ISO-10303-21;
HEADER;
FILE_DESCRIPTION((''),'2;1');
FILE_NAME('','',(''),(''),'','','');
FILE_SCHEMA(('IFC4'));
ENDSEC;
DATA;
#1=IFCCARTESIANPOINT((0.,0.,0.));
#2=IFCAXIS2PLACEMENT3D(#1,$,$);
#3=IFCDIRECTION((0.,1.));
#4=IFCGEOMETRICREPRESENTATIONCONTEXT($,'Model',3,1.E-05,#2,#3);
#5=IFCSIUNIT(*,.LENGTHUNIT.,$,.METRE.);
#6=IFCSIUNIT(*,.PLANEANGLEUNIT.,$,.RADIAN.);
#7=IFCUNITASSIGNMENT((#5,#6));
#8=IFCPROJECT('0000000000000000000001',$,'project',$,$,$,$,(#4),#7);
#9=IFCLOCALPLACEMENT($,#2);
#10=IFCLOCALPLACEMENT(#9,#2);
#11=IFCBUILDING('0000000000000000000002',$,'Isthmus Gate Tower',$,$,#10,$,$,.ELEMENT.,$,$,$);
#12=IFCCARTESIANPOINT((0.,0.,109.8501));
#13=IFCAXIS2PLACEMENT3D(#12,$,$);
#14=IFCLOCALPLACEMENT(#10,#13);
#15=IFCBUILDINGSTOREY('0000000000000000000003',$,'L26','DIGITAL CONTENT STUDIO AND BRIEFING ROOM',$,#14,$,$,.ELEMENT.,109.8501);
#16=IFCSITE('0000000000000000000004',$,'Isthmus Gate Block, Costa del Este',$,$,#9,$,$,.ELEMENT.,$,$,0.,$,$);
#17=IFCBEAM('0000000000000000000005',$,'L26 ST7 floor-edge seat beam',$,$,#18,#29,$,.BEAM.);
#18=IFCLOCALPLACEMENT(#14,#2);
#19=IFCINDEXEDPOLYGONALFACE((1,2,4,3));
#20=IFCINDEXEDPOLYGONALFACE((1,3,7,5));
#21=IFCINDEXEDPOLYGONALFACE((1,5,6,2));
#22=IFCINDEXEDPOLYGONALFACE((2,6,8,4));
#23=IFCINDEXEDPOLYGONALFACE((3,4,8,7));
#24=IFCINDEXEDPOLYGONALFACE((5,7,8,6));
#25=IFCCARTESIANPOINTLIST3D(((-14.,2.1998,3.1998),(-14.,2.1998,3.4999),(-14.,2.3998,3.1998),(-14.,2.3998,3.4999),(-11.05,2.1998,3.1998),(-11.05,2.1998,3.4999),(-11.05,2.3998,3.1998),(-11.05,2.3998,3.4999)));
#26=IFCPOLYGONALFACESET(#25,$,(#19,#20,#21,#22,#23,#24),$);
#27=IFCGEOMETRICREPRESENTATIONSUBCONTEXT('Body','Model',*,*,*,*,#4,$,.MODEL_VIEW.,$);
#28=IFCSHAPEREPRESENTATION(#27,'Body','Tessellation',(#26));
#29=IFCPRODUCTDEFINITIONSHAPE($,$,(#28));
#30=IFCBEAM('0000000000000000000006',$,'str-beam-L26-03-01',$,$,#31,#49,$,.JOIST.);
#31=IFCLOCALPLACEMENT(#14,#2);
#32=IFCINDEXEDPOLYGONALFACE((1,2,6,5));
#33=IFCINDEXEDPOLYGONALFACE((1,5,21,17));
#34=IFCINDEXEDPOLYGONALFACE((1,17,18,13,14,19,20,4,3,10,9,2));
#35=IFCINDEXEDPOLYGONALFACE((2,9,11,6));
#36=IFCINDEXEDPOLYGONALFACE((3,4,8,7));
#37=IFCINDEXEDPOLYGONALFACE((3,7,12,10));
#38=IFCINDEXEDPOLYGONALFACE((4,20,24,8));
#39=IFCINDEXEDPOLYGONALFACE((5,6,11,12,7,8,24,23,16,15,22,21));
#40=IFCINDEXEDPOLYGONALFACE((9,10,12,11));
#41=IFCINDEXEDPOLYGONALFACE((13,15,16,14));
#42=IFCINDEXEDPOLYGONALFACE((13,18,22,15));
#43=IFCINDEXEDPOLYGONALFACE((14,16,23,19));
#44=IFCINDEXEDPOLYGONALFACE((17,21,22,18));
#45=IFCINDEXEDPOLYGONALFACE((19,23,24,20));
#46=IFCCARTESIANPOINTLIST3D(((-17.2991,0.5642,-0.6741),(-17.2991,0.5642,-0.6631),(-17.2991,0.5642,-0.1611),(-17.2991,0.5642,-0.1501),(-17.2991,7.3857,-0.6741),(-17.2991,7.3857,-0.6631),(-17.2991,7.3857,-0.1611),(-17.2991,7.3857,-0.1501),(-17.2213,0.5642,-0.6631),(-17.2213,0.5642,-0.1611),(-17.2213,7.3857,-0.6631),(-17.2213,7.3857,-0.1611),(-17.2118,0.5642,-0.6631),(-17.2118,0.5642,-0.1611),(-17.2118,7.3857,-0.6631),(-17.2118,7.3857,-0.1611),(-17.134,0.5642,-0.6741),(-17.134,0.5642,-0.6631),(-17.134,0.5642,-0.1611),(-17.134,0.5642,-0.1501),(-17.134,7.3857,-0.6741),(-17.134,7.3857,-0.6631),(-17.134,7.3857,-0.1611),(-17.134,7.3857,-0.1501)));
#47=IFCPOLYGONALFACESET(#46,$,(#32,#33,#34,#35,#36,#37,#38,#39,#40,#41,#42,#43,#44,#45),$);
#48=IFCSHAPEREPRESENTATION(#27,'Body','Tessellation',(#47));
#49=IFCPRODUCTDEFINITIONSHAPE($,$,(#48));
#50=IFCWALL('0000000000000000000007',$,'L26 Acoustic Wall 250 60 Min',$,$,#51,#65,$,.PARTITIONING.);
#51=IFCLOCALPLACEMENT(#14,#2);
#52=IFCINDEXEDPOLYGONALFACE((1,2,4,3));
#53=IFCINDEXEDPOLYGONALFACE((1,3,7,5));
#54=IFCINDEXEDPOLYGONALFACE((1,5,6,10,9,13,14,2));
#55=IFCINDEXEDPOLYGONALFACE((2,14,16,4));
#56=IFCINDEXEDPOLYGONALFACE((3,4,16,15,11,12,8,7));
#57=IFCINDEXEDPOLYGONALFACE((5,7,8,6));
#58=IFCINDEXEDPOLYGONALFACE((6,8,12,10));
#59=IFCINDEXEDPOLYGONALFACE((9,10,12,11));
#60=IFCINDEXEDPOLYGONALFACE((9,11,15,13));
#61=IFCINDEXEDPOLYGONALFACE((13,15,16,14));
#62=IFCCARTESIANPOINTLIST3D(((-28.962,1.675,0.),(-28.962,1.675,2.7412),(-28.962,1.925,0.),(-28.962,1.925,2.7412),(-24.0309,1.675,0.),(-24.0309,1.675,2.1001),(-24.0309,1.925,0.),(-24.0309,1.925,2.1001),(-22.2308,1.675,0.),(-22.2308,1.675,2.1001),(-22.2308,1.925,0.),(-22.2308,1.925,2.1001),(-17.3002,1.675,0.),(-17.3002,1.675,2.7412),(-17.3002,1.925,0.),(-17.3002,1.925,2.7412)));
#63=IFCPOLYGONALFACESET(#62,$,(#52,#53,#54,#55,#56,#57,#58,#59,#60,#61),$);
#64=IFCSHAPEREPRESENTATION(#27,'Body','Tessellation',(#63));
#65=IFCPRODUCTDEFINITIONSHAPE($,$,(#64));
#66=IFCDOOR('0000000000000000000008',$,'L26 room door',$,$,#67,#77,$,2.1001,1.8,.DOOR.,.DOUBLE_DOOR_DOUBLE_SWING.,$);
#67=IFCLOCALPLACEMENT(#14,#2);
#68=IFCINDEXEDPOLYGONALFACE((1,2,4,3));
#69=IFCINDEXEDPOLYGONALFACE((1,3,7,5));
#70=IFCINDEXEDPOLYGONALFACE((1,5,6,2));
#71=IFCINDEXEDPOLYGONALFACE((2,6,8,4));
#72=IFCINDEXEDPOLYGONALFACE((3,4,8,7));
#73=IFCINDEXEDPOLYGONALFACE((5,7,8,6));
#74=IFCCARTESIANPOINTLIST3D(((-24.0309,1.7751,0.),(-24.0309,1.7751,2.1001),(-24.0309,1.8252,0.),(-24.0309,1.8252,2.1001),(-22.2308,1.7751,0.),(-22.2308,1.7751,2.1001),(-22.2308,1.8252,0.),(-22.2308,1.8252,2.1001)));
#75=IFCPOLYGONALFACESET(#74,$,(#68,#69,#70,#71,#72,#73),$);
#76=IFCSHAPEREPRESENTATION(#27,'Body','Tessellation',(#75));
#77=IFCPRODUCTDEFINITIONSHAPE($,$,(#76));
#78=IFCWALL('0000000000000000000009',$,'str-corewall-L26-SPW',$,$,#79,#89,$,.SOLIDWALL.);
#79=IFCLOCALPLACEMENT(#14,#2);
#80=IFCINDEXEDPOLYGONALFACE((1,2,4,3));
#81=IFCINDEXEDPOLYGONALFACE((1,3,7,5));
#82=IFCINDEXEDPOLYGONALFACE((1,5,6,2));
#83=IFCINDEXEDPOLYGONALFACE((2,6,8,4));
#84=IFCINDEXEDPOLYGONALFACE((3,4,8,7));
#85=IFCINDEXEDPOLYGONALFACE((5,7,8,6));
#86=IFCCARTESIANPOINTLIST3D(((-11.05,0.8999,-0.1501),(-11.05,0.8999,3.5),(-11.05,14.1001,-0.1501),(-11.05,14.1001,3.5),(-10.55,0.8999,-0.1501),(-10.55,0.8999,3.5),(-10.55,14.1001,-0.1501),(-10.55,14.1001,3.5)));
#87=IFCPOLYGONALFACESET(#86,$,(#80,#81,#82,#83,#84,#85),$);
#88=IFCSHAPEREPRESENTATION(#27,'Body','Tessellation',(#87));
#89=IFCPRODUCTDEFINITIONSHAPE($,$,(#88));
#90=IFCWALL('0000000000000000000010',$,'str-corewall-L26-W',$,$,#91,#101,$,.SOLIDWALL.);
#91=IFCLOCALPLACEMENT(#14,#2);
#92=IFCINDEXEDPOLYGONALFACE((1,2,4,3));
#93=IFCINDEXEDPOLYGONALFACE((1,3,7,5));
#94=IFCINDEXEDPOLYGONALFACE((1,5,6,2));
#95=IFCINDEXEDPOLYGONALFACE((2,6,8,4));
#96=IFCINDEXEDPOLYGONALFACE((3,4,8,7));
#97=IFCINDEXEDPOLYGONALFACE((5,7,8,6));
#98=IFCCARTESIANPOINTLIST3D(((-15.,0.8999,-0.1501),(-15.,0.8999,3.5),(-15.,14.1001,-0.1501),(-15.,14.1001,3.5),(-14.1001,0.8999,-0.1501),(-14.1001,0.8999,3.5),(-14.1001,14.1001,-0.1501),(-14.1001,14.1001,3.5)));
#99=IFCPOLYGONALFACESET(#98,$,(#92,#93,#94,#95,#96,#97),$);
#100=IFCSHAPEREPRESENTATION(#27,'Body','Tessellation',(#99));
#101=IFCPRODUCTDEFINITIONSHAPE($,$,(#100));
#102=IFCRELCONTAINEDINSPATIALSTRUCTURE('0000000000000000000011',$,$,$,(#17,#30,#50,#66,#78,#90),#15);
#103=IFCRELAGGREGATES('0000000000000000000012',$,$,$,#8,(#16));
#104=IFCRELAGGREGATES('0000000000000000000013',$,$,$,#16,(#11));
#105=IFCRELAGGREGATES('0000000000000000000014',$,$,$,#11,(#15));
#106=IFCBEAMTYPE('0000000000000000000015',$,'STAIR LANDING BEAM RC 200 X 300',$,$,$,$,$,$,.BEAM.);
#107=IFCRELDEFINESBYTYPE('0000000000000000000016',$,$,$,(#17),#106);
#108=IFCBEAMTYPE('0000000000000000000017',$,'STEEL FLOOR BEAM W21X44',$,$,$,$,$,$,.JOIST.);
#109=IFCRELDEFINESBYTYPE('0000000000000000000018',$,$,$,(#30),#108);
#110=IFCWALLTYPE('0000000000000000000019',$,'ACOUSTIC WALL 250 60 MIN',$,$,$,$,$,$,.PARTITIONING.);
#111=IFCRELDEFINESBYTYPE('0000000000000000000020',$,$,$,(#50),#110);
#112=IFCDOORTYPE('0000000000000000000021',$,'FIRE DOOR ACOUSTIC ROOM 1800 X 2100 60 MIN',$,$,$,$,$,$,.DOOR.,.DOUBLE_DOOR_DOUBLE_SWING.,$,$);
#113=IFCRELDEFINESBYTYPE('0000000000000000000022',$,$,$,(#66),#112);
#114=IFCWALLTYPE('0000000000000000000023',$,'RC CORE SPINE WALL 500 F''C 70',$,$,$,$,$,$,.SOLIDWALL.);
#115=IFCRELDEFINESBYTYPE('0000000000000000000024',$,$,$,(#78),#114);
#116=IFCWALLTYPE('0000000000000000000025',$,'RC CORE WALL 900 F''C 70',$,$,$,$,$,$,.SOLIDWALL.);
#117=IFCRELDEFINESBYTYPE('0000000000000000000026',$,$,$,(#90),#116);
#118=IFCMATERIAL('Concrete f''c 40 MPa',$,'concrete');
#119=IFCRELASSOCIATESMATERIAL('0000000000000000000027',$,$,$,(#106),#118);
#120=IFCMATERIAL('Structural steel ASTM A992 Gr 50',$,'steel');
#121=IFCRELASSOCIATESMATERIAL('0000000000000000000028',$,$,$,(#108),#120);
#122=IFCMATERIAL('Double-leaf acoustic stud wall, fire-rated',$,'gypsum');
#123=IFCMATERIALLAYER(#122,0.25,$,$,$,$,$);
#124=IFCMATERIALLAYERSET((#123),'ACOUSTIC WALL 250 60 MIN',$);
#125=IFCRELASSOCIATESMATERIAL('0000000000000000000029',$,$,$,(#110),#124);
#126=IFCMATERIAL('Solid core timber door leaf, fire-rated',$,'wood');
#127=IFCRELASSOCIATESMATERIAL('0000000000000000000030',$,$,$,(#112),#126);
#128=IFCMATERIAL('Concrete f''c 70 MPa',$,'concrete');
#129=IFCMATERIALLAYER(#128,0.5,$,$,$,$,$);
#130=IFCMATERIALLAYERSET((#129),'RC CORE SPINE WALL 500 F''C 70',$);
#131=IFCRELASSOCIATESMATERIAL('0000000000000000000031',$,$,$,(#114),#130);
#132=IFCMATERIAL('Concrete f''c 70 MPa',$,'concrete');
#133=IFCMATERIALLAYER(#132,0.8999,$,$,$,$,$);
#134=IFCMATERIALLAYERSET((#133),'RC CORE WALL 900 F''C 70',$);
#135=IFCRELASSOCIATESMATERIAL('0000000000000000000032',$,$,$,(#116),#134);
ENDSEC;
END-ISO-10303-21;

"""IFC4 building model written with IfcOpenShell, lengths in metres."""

from ifc_helpers import new_model, si_unit, direction, frame, frame_2d, origin, origin_2d, place, context, subcontext, project, spatial, rectangle, i_section, extrude, material, layer, layer_set, material_profile, profile_set, type_object, element, fill, save


model = new_model("IFC4")

# Units and contexts
model_context = context("Model", 3, precision=1e-05, world=origin(), true_north=direction((0.0, 1.0)))
body_context = subcontext(model_context, "Body", "Model", "MODEL_VIEW")
ifc_project = project(units=[si_unit("LENGTHUNIT", "METRE"), si_unit("PLANEANGLEUNIT", "RADIAN")], contexts=[model_context])

# Site, building, storey
site_placement = place(None, origin())
site = spatial("IfcSite", under=ifc_project, at=site_placement, Name="Isthmus Gate Block, Costa del Este", CompositionType="ELEMENT", RefElevation=0.0)
building_placement = place(site_placement, origin())
building = spatial("IfcBuilding", under=site, at=building_placement, Name="Isthmus Gate Tower", CompositionType="ELEMENT")
storey_placement = place(building_placement, frame((0.0, 0.0, 109.8501)))
storey = spatial("IfcBuildingStorey", under=building, at=storey_placement, Name="L26", Description="DIGITAL CONTENT STUDIO AND BRIEFING ROOM", CompositionType="ELEMENT", Elevation=109.8501)

# Beams
ifc_material_1 = material(Name="Concrete f'c 40 MPa", Category="concrete")
ifc_material_profile_1 = material_profile(ifc_material_1, rectangle(XDim=0.2, YDim=0.3, at=origin_2d()), Name="STAIR LANDING BEAM RC 200 X 300")
ifc_profile_set_1 = profile_set([ifc_material_profile_1], Name="Concrete f'c 40 MPa")
beam_type_1 = type_object("IfcBeamType", Name="STAIR LANDING BEAM RC 200 X 300", PredefinedType="BEAM", material=ifc_profile_set_1)
beam_1_placement = place(storey_placement, frame((-14.0, 2.2998, 3.3499), z_axis=(1.0, 0.0, 0.0), x_axis=(0.0, 1.0, 0.0)))
element("IfcBeam", 1, at=beam_1_placement, inside=storey, type_object=beam_type_1, Name="L26 ST7 floor-edge seat beam", PredefinedType="BEAM", context=body_context, shape_type="SweptSolid", body=[
    extrude(rectangle(XDim=0.2, YDim=0.3, at=origin_2d()), origin(), (0.0, 0.0, 1.0), 2.95),
])
ifc_material_2 = material(Name="Structural steel ASTM A992 Gr 50", Category="steel")
ifc_material_profile_2 = material_profile(ifc_material_2, i_section(OverallWidth=0.165, OverallDepth=0.5239, WebThickness=0.0095, FlangeThickness=0.011, at=origin_2d()), Name="W21X44")
ifc_profile_set_2 = profile_set([ifc_material_profile_2], Name="Structural steel ASTM A992 Gr 50")
beam_type_2 = type_object("IfcBeamType", Name="STEEL FLOOR BEAM W21X44", PredefinedType="JOIST", material=ifc_profile_set_2)
beam_2_placement = place(storey_placement, frame((-17.2166, 0.5642, -0.4121), z_axis=(0.0, 1.0, 0.0), x_axis=(-1.0, 0.0, 0.0)))
element("IfcBeam", 2, at=beam_2_placement, inside=storey, type_object=beam_type_2, Name="str-beam-L26-03-01", PredefinedType="JOIST", context=body_context, shape_type="SweptSolid", body=[
    extrude(i_section(OverallWidth=0.165, OverallDepth=0.5239, WebThickness=0.0095, FlangeThickness=0.011, at=origin_2d()), origin(), (0.0, 0.0, 1.0), 6.8215),
])

# Wall, opening, door
ifc_material_3 = material(Name="Double-leaf acoustic stud wall, fire-rated", Category="gypsum")
ifc_layer_1 = layer(ifc_material_3, 0.25)
ifc_layer_set_1 = layer_set([ifc_layer_1], Name="ACOUSTIC WALL 250 60 MIN")
wall_type_1 = type_object("IfcWallType", Name="ACOUSTIC WALL 250 60 MIN", PredefinedType="PARTITIONING", material=ifc_layer_set_1)
wall_1_placement = place(storey_placement, frame((-17.3, 1.8, 0.0), z_axis=(0.0, 0.0, 1.0), x_axis=(-1.0, 0.0, 0.0)))
wall_1 = element("IfcWall", 3, at=wall_1_placement, inside=storey, type_object=wall_type_1, Name="L26 Acoustic Wall 250 60 Min", PredefinedType="PARTITIONING", context=body_context, shape_type="SweptSolid", body=[
    extrude(rectangle(XDim=11.6619, YDim=0.25, at=frame_2d((5.8311, 0.0))), origin(), (0.0, 0.0, 1.0), 2.7412),
])
opening_1_placement = place(wall_1_placement, frame((4.9309, 0.0, 0.0)))
opening_1 = element("IfcOpeningElement", 4, at=opening_1_placement, cuts=wall_1, PredefinedType="OPENING", context=body_context, shape_type="SweptSolid", body=[
    extrude(rectangle(XDim=1.8, YDim=2.1001, at=frame_2d((0.8999, 1.05))), frame((0.0, 0.135, 0.0), z_axis=(0.0, -1.0, 0.0), x_axis=(1.0, 0.0, 0.0)), (0.0, 0.0, 1.0), 0.27),
])
ifc_material_4 = material(Name="Solid core timber door leaf, fire-rated", Category="wood")
door_type_1 = type_object("IfcDoorType", Name="FIRE DOOR ACOUSTIC ROOM 1800 X 2100 60 MIN", OperationType="DOUBLE_DOOR_DOUBLE_SWING", PredefinedType="DOOR", material=ifc_material_4)
door_1_placement = place(opening_1_placement, origin())
door_1 = element("IfcDoor", 5, at=door_1_placement, inside=storey, type_object=door_type_1, Name="L26 room door", OperationType="DOUBLE_DOOR_DOUBLE_SWING", OverallHeight=2.1001, OverallWidth=1.8, PredefinedType="DOOR", context=body_context, shape_type="SweptSolid", body=[
    extrude(rectangle(XDim=1.8, YDim=2.1001, at=frame_2d((0.8999, 1.05))), frame((0.0, 0.0249, 0.0), z_axis=(0.0, -1.0, 0.0), x_axis=(1.0, 0.0, 0.0)), (0.0, 0.0, 1.0), 0.05),
])
fill(opening_1, door_1)

# Walls
ifc_material_5 = material(Name="Concrete f'c 70 MPa", Category="concrete")
ifc_layer_2 = layer(ifc_material_5, 0.5)
ifc_layer_set_2 = layer_set([ifc_layer_2], Name="RC CORE SPINE WALL 500 F'C 70")
wall_type_2 = type_object("IfcWallType", Name="RC CORE SPINE WALL 500 F'C 70", PredefinedType="SOLIDWALL", material=ifc_layer_set_2)
wall_2_placement = place(storey_placement, frame((-10.8, 0.8999, -0.1501), z_axis=(0.0, 0.0, 1.0), x_axis=(0.0, 1.0, 0.0)))
element("IfcWall", 6, at=wall_2_placement, inside=storey, type_object=wall_type_2, Name="str-corewall-L26-SPW", PredefinedType="SOLIDWALL", context=body_context, shape_type="SweptSolid", body=[
    extrude(rectangle(XDim=13.2002, YDim=0.5, at=frame_2d((6.6001, 0.0))), origin(), (0.0, 0.0, 1.0), 3.6501),
])
ifc_material_6 = material(Name="Concrete f'c 70 MPa", Category="concrete")
ifc_layer_3 = layer(ifc_material_6, 0.8999)
ifc_layer_set_3 = layer_set([ifc_layer_3], Name="RC CORE WALL 900 F'C 70")
wall_type_3 = type_object("IfcWallType", Name="RC CORE WALL 900 F'C 70", PredefinedType="SOLIDWALL", material=ifc_layer_set_3)
wall_3_placement = place(storey_placement, frame((-14.55, 0.8999, -0.1501), z_axis=(0.0, 0.0, 1.0), x_axis=(0.0, 1.0, 0.0)))
element("IfcWall", 7, at=wall_3_placement, inside=storey, type_object=wall_type_3, Name="str-corewall-L26-W", PredefinedType="SOLIDWALL", context=body_context, shape_type="SweptSolid", body=[
    extrude(rectangle(XDim=13.2002, YDim=0.8999, at=frame_2d((6.6001, 0.0))), origin(), (0.0, 0.0, 1.0), 3.6501),
])

save(model, "model.ifc")
